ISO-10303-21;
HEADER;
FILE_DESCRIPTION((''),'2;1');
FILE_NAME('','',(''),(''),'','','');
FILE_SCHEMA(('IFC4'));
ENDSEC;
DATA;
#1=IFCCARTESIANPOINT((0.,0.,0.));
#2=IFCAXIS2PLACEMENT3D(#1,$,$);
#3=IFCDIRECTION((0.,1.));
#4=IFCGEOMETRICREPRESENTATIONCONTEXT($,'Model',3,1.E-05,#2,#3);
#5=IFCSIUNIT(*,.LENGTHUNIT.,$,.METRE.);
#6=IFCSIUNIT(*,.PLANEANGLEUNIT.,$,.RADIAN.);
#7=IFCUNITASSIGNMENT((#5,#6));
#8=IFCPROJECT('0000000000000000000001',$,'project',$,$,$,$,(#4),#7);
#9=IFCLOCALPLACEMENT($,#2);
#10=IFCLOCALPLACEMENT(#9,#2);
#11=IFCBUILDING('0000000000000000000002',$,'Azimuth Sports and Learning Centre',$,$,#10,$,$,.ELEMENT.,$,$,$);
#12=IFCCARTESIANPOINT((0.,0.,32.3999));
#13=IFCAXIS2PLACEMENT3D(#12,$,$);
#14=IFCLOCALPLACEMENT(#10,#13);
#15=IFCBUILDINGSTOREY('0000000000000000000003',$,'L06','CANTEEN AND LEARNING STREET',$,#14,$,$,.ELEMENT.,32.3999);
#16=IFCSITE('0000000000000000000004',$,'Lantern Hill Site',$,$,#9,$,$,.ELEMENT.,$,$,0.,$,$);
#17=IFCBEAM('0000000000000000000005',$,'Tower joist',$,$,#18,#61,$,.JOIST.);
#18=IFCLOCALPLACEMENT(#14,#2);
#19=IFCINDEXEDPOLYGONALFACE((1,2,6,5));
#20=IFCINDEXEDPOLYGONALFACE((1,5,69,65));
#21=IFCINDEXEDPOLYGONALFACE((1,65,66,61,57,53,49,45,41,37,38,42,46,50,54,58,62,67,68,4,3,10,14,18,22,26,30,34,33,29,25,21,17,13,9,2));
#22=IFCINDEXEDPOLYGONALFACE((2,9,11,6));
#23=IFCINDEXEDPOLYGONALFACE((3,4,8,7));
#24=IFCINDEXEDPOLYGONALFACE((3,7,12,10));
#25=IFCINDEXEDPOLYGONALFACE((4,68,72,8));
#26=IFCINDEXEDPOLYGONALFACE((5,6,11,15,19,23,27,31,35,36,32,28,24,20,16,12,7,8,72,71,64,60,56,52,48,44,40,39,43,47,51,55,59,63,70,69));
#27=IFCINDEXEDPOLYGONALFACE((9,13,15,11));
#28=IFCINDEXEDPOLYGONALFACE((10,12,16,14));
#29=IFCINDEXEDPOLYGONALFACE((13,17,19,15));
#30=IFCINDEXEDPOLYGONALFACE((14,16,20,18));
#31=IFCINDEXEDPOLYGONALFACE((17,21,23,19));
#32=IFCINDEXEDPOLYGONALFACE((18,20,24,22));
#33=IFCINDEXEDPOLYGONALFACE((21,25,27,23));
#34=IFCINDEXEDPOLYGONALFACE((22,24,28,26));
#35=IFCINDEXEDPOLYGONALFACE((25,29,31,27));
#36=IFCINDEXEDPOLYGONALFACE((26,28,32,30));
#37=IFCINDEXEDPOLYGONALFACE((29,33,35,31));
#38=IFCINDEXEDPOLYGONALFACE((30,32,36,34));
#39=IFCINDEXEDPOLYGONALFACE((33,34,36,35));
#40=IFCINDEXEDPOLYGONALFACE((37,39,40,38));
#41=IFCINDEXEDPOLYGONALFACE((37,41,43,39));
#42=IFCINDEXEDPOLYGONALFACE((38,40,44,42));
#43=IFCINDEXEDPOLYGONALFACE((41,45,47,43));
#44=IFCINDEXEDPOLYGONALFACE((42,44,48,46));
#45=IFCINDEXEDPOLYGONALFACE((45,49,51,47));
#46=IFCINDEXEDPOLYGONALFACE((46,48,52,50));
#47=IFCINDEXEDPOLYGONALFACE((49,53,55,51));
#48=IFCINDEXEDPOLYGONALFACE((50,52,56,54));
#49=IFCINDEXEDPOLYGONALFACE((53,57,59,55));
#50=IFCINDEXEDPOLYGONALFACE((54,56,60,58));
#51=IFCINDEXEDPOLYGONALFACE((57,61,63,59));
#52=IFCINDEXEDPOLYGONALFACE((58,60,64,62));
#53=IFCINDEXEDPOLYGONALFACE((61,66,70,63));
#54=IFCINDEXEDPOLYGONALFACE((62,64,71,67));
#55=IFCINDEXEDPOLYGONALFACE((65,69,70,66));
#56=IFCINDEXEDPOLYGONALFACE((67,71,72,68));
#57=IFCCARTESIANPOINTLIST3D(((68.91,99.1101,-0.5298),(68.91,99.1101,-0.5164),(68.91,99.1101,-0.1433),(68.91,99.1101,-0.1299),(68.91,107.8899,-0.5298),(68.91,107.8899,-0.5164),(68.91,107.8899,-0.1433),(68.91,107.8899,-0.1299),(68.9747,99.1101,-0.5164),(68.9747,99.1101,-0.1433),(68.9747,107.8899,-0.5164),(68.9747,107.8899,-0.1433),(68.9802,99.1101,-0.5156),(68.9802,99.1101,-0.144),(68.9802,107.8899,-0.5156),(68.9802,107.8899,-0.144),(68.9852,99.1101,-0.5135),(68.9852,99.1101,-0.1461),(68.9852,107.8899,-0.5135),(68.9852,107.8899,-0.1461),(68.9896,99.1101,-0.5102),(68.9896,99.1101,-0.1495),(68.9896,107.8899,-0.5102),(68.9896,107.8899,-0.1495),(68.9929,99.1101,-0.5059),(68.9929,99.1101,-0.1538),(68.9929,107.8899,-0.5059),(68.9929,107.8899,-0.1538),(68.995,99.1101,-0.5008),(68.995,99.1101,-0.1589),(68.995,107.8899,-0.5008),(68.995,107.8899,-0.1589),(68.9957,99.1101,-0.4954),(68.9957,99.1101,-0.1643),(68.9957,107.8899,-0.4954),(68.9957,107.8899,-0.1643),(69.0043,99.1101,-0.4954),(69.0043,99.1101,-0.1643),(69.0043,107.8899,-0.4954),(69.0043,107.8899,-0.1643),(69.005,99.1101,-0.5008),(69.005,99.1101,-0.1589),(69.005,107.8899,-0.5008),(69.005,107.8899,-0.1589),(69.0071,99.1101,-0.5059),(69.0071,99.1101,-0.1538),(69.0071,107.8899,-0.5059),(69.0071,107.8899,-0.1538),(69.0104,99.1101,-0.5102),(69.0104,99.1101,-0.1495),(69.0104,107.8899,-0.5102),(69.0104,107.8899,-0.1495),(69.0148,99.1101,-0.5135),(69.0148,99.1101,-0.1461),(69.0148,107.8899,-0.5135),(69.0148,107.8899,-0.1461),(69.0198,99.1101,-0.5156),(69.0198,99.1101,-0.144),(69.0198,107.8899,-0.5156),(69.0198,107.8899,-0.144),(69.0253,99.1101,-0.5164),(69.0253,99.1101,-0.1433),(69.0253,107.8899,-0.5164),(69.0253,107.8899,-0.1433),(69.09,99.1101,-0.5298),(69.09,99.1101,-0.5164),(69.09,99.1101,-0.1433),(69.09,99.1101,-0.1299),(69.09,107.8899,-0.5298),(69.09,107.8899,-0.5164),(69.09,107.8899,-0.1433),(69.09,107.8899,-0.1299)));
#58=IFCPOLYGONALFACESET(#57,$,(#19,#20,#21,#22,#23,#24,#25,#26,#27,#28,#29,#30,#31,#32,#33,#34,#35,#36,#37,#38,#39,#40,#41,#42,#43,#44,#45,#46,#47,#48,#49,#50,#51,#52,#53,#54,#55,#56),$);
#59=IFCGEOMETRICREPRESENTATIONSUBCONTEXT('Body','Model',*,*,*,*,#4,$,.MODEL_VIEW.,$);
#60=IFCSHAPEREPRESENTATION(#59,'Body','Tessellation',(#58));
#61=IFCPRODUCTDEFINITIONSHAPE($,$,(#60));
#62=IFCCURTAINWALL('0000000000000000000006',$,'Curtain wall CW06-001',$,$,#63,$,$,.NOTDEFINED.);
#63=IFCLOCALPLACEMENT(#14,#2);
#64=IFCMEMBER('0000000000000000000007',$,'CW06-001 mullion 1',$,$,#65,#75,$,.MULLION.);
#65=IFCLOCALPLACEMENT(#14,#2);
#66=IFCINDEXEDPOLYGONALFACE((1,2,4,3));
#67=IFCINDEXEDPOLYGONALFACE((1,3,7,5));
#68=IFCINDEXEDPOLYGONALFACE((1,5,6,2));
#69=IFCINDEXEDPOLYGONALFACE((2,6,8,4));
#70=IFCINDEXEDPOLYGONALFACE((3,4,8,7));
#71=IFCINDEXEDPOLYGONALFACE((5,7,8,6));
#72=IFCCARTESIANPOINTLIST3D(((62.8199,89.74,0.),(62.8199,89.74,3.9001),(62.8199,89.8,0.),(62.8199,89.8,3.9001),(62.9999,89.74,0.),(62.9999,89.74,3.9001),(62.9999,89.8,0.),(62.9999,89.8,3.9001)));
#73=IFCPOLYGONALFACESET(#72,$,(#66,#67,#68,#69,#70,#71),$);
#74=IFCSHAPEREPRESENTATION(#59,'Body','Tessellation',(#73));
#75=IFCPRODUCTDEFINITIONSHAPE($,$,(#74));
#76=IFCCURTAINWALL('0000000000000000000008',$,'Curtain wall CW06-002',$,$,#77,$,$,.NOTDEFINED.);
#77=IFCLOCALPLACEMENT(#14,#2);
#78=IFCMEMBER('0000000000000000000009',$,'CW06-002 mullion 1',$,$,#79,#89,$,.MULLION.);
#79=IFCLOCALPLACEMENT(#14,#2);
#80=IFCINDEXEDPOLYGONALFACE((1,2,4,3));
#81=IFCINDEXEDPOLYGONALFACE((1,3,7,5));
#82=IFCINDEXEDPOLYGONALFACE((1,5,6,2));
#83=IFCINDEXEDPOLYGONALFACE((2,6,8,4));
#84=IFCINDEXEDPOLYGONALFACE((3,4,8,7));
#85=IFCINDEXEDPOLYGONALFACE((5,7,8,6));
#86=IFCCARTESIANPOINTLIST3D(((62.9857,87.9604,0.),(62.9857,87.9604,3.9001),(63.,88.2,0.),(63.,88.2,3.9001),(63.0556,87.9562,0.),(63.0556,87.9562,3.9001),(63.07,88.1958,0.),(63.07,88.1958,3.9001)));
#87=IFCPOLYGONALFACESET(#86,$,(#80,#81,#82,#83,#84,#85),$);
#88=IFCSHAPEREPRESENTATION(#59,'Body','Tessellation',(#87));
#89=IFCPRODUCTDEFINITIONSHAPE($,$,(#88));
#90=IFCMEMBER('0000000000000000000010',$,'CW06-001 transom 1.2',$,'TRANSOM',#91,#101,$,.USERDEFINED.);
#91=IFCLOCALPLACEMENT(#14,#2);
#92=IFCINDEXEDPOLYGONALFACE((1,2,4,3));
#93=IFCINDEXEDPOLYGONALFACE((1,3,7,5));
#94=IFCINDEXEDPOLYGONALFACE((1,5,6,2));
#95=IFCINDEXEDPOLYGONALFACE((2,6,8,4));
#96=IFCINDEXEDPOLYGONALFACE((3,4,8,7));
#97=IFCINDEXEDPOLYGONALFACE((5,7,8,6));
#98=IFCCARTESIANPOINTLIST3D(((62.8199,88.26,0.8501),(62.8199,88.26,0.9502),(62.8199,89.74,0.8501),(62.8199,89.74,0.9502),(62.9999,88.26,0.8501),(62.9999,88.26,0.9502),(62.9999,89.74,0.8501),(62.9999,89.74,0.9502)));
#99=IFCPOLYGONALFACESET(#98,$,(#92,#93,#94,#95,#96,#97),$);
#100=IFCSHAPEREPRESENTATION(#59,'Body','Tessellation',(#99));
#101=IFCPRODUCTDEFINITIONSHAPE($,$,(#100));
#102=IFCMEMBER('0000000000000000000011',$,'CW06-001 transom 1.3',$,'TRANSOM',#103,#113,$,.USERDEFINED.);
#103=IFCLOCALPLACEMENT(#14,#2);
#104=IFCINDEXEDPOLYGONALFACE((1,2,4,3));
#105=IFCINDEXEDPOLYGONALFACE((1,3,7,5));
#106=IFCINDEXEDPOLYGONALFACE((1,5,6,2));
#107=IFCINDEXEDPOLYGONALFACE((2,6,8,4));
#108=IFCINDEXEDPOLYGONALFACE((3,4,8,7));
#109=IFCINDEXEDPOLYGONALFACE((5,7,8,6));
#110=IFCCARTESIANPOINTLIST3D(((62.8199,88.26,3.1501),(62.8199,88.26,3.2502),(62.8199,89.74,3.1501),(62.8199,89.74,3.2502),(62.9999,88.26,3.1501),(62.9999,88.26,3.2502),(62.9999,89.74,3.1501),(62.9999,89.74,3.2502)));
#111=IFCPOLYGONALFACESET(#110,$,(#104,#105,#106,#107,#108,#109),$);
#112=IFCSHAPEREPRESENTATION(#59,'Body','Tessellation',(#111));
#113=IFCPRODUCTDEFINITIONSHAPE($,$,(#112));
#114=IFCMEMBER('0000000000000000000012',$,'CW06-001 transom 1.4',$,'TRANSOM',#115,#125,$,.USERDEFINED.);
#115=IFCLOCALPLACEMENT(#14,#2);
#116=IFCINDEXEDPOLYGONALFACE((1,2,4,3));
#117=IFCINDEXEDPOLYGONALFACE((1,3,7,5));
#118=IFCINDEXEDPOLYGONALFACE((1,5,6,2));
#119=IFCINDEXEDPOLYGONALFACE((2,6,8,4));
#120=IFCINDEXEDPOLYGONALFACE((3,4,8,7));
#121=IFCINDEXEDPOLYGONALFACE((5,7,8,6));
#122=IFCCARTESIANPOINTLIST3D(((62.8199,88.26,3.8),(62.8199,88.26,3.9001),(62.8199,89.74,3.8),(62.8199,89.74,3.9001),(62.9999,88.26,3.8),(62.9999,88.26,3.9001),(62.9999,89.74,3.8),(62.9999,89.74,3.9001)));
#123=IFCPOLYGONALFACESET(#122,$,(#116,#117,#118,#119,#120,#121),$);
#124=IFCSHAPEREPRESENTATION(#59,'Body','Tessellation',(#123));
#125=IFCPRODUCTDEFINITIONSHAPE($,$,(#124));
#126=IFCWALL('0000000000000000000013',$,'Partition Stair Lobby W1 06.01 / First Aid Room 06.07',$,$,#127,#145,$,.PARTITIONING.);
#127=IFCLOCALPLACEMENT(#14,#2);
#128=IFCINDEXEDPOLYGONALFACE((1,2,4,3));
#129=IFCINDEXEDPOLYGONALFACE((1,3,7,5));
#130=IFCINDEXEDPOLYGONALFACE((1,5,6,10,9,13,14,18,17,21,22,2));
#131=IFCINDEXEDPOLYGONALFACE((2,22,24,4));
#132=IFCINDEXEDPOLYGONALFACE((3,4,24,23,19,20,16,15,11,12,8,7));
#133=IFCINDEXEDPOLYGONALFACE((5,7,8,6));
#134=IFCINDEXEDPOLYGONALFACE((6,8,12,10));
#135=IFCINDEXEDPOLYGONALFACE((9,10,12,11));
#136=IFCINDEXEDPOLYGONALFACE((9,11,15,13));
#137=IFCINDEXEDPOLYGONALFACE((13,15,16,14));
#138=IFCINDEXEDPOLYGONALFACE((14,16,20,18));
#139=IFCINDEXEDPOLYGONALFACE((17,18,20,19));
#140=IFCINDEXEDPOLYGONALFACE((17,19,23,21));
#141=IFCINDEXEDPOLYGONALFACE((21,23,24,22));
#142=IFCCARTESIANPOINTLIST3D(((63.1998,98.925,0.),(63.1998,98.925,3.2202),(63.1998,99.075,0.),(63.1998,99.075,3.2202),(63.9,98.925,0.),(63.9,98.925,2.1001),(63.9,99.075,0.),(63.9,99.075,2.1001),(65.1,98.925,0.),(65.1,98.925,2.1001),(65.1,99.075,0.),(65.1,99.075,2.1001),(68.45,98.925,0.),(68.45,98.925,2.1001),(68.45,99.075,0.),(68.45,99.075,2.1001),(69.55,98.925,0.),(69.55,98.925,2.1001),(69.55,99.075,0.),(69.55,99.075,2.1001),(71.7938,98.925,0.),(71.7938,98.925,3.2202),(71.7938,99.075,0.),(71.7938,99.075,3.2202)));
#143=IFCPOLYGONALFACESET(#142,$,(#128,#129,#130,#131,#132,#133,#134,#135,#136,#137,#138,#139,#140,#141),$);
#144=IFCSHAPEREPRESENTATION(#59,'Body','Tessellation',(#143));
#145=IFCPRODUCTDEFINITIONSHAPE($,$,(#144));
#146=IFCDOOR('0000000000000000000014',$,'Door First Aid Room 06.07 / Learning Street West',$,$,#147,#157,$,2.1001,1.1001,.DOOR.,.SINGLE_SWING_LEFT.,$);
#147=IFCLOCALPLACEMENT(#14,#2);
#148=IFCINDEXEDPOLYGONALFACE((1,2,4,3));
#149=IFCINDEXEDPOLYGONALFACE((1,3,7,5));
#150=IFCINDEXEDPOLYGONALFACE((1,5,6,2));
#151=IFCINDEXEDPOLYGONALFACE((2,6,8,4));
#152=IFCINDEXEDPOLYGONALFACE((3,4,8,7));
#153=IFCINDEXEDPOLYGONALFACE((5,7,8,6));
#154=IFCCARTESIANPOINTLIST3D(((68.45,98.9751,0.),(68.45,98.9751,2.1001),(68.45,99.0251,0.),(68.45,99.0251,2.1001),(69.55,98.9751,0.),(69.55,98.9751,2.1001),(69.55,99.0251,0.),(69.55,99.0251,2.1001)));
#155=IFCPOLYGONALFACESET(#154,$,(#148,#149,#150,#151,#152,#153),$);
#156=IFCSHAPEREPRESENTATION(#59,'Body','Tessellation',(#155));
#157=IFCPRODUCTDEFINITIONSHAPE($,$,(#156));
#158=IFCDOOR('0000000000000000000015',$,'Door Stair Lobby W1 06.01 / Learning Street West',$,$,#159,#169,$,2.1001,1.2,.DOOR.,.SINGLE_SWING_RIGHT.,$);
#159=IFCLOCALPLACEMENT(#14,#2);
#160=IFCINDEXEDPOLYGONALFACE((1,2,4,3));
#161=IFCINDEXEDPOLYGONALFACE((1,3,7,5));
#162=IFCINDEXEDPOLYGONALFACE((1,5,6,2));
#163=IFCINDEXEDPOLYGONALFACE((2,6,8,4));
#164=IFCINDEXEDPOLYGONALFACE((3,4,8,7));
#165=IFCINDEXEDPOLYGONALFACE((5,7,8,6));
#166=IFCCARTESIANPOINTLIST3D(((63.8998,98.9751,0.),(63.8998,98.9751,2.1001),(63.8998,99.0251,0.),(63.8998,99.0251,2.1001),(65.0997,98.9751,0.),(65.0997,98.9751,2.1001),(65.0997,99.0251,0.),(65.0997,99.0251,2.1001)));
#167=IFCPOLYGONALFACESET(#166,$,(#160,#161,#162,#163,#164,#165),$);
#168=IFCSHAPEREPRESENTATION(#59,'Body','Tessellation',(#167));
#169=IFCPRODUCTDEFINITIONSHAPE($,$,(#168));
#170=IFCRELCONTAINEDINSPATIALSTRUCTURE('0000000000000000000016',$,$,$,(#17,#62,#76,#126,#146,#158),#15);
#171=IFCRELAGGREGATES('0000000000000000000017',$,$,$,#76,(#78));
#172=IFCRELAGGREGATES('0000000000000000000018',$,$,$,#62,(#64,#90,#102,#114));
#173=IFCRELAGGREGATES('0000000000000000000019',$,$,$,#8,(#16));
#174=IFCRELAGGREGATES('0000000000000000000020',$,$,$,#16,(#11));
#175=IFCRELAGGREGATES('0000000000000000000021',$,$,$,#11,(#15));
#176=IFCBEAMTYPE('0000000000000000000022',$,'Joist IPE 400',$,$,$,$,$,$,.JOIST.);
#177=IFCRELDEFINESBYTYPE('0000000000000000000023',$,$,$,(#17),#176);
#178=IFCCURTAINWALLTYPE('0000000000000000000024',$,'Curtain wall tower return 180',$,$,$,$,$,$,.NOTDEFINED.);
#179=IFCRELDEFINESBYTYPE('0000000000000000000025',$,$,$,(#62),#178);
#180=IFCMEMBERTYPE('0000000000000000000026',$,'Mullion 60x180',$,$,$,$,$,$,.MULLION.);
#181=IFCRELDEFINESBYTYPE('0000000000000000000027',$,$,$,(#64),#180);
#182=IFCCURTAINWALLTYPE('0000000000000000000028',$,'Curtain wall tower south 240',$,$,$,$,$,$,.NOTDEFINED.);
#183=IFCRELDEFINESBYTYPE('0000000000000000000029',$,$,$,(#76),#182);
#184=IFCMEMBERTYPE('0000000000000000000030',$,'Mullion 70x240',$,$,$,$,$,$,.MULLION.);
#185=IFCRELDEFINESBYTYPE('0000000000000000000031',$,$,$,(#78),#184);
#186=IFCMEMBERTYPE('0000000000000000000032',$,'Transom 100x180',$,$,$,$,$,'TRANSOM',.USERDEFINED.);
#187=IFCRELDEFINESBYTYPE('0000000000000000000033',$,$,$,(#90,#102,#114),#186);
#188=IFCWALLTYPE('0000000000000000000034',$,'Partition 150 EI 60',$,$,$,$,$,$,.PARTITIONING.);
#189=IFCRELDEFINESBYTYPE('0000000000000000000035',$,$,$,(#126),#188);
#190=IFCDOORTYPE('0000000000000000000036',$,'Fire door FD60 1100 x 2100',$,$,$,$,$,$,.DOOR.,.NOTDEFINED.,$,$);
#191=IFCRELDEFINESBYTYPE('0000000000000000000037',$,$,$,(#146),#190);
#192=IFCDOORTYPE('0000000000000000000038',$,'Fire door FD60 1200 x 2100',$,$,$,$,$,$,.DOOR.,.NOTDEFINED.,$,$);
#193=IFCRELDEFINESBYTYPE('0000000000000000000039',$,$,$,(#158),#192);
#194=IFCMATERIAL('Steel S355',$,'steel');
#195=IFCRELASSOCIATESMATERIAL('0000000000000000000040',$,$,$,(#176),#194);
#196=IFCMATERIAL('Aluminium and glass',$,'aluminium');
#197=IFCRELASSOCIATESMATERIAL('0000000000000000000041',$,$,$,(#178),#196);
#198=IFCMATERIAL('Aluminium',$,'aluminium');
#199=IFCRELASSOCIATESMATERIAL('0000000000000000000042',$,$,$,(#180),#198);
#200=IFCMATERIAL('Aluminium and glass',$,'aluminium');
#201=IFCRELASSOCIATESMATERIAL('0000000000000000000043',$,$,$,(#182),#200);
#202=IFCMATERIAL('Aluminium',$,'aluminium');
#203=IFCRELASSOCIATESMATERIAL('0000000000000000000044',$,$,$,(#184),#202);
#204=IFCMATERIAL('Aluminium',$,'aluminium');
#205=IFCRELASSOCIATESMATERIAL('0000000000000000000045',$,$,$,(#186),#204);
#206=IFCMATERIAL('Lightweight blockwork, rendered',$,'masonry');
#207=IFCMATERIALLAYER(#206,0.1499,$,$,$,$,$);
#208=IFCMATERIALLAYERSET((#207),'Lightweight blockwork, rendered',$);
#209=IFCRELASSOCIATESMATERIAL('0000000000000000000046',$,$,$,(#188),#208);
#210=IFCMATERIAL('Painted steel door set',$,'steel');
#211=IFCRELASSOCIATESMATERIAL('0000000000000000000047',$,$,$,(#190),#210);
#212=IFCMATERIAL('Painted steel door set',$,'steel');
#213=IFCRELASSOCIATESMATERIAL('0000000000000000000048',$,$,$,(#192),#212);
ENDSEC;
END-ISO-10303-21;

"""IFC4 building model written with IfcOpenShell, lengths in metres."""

from ifc_helpers import new_model, si_unit, direction, frame, frame_2d, origin, origin_2d, place, context, subcontext, project, spatial, rectangle, i_section, extrude, material, layer, layer_set, material_profile, profile_set, type_object, element, fill, aggregate, save


model = new_model("IFC4")

# Units and contexts
model_context = context("Model", 3, precision=1e-05, world=origin(), true_north=direction((0.0, 1.0)))
body_context = subcontext(model_context, "Body", "Model", "MODEL_VIEW")
ifc_project = project(units=[si_unit("LENGTHUNIT", "METRE"), si_unit("PLANEANGLEUNIT", "RADIAN")], contexts=[model_context])

# Site, building, storey
site_placement = place(None, origin())
site = spatial("IfcSite", under=ifc_project, at=site_placement, Name="Lantern Hill Site", CompositionType="ELEMENT", RefElevation=0.0)
building_placement = place(site_placement, origin())
building = spatial("IfcBuilding", under=site, at=building_placement, Name="Azimuth Sports and Learning Centre", CompositionType="ELEMENT")
storey_placement = place(building_placement, frame((0.0, 0.0, 32.3999)))
storey = spatial("IfcBuildingStorey", under=building, at=storey_placement, Name="L06", Description="CANTEEN AND LEARNING STREET", CompositionType="ELEMENT", Elevation=32.3999)

# Beam
ifc_material_1 = material(Name="Steel S355", Category="steel")
ifc_material_profile_1 = material_profile(ifc_material_1, i_section(OverallWidth=0.1799, OverallDepth=0.3999, WebThickness=0.0085, FlangeThickness=0.0134, FilletRadius=0.021, at=origin_2d()), Name="IPE 400")
ifc_profile_set_1 = profile_set([ifc_material_profile_1], Name="Steel S355")
beam_type_1 = type_object("IfcBeamType", Name="Joist IPE 400", PredefinedType="JOIST", material=ifc_profile_set_1)
for number, where, z_axis, x_axis, name in (
    (1, (69.0, 99.1101, -0.3298), (0.0, 1.0, 0.0), (-1.0, 0.0, 0.0), "Tower joist"),
):
    element("IfcBeam", number, at=place(storey_placement, frame(where, z_axis=z_axis, x_axis=x_axis)), inside=storey, type_object=beam_type_1, Name=name, PredefinedType="JOIST", context=body_context, shape_type="SweptSolid", body=[
        extrude(i_section(OverallWidth=0.1799, OverallDepth=0.3999, WebThickness=0.0085, FlangeThickness=0.0134, FilletRadius=0.021, at=origin_2d()), origin(), (0.0, 0.0, 1.0), 8.7798),
    ])

# Curtain walls, members
ifc_material_2 = material(Name="Aluminium and glass", Category="aluminium")
curtain_wall_type_1 = type_object("IfcCurtainWallType", Name="Curtain wall tower return 180", PredefinedType="NOTDEFINED", material=ifc_material_2)
curtain_wall_1_placement = place(storey_placement, origin())
curtain_wall_1 = element("IfcCurtainWall", 2, at=curtain_wall_1_placement, inside=storey, type_object=curtain_wall_type_1, Name="Curtain wall CW06-001", PredefinedType="NOTDEFINED")
ifc_material_3 = material(Name="Aluminium", Category="aluminium")
ifc_material_profile_2 = material_profile(ifc_material_3, rectangle(XDim=0.1799, YDim=0.0601, at=origin_2d()), Name="Mullion 60x180")
ifc_profile_set_2 = profile_set([ifc_material_profile_2], Name="Aluminium")
member_type_1 = type_object("IfcMemberType", Name="Mullion 60x180", PredefinedType="MULLION", material=ifc_profile_set_2)
member_1_placement = place(storey_placement, frame((62.9099, 89.77, 0.0), z_axis=(0.0, 0.0, 1.0), x_axis=(1.0, 0.0, 0.0)))
member_1 = element("IfcMember", 3, at=member_1_placement, type_object=member_type_1, Name="CW06-001 mullion 1", PredefinedType="MULLION", context=body_context, shape_type="SweptSolid", body=[
    extrude(rectangle(XDim=0.1799, YDim=0.0601, at=origin_2d()), origin(), (0.0, 0.0, 1.0), 3.9001),
])
ifc_material_4 = material(Name="Aluminium and glass", Category="aluminium")
curtain_wall_type_2 = type_object("IfcCurtainWallType", Name="Curtain wall tower south 240", PredefinedType="NOTDEFINED", material=ifc_material_4)
curtain_wall_2_placement = place(storey_placement, origin())
curtain_wall_2 = element("IfcCurtainWall", 4, at=curtain_wall_2_placement, inside=storey, type_object=curtain_wall_type_2, Name="Curtain wall CW06-002", PredefinedType="NOTDEFINED")
ifc_material_5 = material(Name="Aluminium", Category="aluminium")
ifc_material_profile_3 = material_profile(ifc_material_5, rectangle(XDim=0.24, YDim=0.0701, at=origin_2d()), Name="Mullion 70x240")
ifc_profile_set_3 = profile_set([ifc_material_profile_3], Name="Aluminium")
member_type_2 = type_object("IfcMemberType", Name="Mullion 70x240", PredefinedType="MULLION", material=ifc_profile_set_3)
member_2_placement = place(storey_placement, frame((63.0278, 88.0781, 0.0), z_axis=(0.0, 0.0, 1.0), x_axis=(0.059892, 0.998205, 0.0)))
member_2 = element("IfcMember", 5, at=member_2_placement, type_object=member_type_2, Name="CW06-002 mullion 1", PredefinedType="MULLION", context=body_context, shape_type="SweptSolid", body=[
    extrude(rectangle(XDim=0.24, YDim=0.0701, at=origin_2d()), origin(), (0.0, 0.0, 1.0), 3.9001),
])
aggregate(curtain_wall_2, [member_2])

# Members
ifc_material_6 = material(Name="Aluminium", Category="aluminium")
ifc_material_profile_4 = material_profile(ifc_material_6, rectangle(XDim=0.1799, YDim=0.1001, at=origin_2d()), Name="Transom 100x180")
ifc_profile_set_4 = profile_set([ifc_material_profile_4], Name="Aluminium")
member_type_3 = type_object("IfcMemberType", Name="Transom 100x180", ElementType="TRANSOM", PredefinedType="USERDEFINED", material=ifc_profile_set_4)
member_3_placement = place(storey_placement, frame((62.9099, 89.74, 0.9001), z_axis=(0.0, -1.0, 0.0), x_axis=(1.0, 0.0, 0.0)))
member_3 = element("IfcMember", 6, at=member_3_placement, type_object=member_type_3, Name="CW06-001 transom 1.2", ObjectType="TRANSOM", PredefinedType="USERDEFINED", context=body_context, shape_type="SweptSolid", body=[
    extrude(rectangle(XDim=0.1799, YDim=0.1001, at=origin_2d()), origin(), (0.0, 0.0, 1.0), 1.48),
])
member_4_placement = place(storey_placement, frame((62.9099, 89.74, 3.2002), z_axis=(0.0, -1.0, 0.0), x_axis=(1.0, 0.0, 0.0)))
member_4 = element("IfcMember", 7, at=member_4_placement, type_object=member_type_3, Name="CW06-001 transom 1.3", ObjectType="TRANSOM", PredefinedType="USERDEFINED", context=body_context, shape_type="SweptSolid", body=[
    extrude(rectangle(XDim=0.1799, YDim=0.1001, at=origin_2d()), origin(), (0.0, 0.0, 1.0), 1.48),
])
member_5_placement = place(storey_placement, frame((62.9099, 89.74, 3.8501), z_axis=(0.0, -1.0, 0.0), x_axis=(1.0, 0.0, 0.0)))
member_5 = element("IfcMember", 8, at=member_5_placement, type_object=member_type_3, Name="CW06-001 transom 1.4", ObjectType="TRANSOM", PredefinedType="USERDEFINED", context=body_context, shape_type="SweptSolid", body=[
    extrude(rectangle(XDim=0.1799, YDim=0.1001, at=origin_2d()), origin(), (0.0, 0.0, 1.0), 1.48),
])
aggregate(curtain_wall_1, [member_1, member_3, member_4, member_5])

# Wall, openings, doors
ifc_material_7 = material(Name="Lightweight blockwork, rendered", Category="masonry")
ifc_layer_1 = layer(ifc_material_7, 0.1499)
ifc_layer_set_1 = layer_set([ifc_layer_1], Name="Lightweight blockwork, rendered")
wall_type_1 = type_object("IfcWallType", Name="Partition 150 EI 60", PredefinedType="PARTITIONING", material=ifc_layer_set_1)
wall_1_placement = place(storey_placement, frame((63.2, 99.0, 0.0), z_axis=(0.0, 0.0, 1.0), x_axis=(1.0, 0.0, 0.0)))
wall_1 = element("IfcWall", 9, at=wall_1_placement, inside=storey, type_object=wall_type_1, Name="Partition Stair Lobby W1 06.01 / First Aid Room 06.07", PredefinedType="PARTITIONING", context=body_context, shape_type="SweptSolid", body=[
    extrude(rectangle(XDim=8.594, YDim=0.1499, at=frame_2d((4.2969, 0.0))), origin(), (0.0, 0.0, 1.0), 3.2202),
])
opening_1_placement = place(wall_1_placement, frame((0.7, 0.0, 0.0)))
opening_1 = element("IfcOpeningElement", 10, at=opening_1_placement, cuts=wall_1, PredefinedType="OPENING", context=body_context, shape_type="SweptSolid", body=[
    extrude(rectangle(XDim=1.2, YDim=2.1001, at=frame_2d((0.6001, 1.05))), frame((0.0, 0.0859, 0.0), z_axis=(0.0, -1.0, 0.0), x_axis=(1.0, 0.0, 0.0)), (0.0, 0.0, 1.0), 0.1719),
])
opening_2_placement = place(wall_1_placement, frame((5.25, 0.0, 0.0)))
opening_2 = element("IfcOpeningElement", 11, at=opening_2_placement, cuts=wall_1, PredefinedType="OPENING", context=body_context, shape_type="SweptSolid", body=[
    extrude(rectangle(XDim=1.1001, YDim=2.1001, at=frame_2d((0.55, 1.05))), frame((0.0, 0.0859, 0.0), z_axis=(0.0, -1.0, 0.0), x_axis=(1.0, 0.0, 0.0)), (0.0, 0.0, 1.0), 0.1719),
])
ifc_material_8 = material(Name="Painted steel door set", Category="steel")
door_type_1 = type_object("IfcDoorType", Name="Fire door FD60 1100 x 2100", OperationType="NOTDEFINED", PredefinedType="DOOR", material=ifc_material_8)
door_1_placement = place(opening_2_placement, frame((1.1001, 0.0, 0.0), z_axis=(0.0, 0.0, 1.0), x_axis=(-1.0, 0.0, 0.0)))
door_1 = element("IfcDoor", 12, at=door_1_placement, inside=storey, type_object=door_type_1, Name="Door First Aid Room 06.07 / Learning Street West", OperationType="SINGLE_SWING_LEFT", OverallHeight=2.1001, OverallWidth=1.1001, PredefinedType="DOOR", context=body_context, shape_type="SweptSolid", body=[
    extrude(rectangle(XDim=1.1001, YDim=2.1001, at=frame_2d((0.55, 1.05))), frame((0.0, 0.0249, 0.0), z_axis=(0.0, -1.0, 0.0), x_axis=(1.0, 0.0, 0.0)), (0.0, 0.0, 1.0), 0.05),
])
fill(opening_2, door_1)
ifc_material_9 = material(Name="Painted steel door set", Category="steel")
door_type_2 = type_object("IfcDoorType", Name="Fire door FD60 1200 x 2100", OperationType="NOTDEFINED", PredefinedType="DOOR", material=ifc_material_9)
door_2_placement = place(opening_1_placement, frame((1.2, 0.0, 0.0), z_axis=(0.0, 0.0, 1.0), x_axis=(-1.0, 0.0, 0.0)))
door_2 = element("IfcDoor", 13, at=door_2_placement, inside=storey, type_object=door_type_2, Name="Door Stair Lobby W1 06.01 / Learning Street West", OperationType="SINGLE_SWING_RIGHT", OverallHeight=2.1001, OverallWidth=1.2, PredefinedType="DOOR", context=body_context, shape_type="SweptSolid", body=[
    extrude(rectangle(XDim=1.2, YDim=2.1001, at=frame_2d((0.6001, 1.05))), frame((0.0, 0.0249, 0.0), z_axis=(0.0, -1.0, 0.0), x_axis=(1.0, 0.0, 0.0)), (0.0, 0.0, 1.0), 0.05),
])
fill(opening_1, door_2)

save(model, "model.ifc")
